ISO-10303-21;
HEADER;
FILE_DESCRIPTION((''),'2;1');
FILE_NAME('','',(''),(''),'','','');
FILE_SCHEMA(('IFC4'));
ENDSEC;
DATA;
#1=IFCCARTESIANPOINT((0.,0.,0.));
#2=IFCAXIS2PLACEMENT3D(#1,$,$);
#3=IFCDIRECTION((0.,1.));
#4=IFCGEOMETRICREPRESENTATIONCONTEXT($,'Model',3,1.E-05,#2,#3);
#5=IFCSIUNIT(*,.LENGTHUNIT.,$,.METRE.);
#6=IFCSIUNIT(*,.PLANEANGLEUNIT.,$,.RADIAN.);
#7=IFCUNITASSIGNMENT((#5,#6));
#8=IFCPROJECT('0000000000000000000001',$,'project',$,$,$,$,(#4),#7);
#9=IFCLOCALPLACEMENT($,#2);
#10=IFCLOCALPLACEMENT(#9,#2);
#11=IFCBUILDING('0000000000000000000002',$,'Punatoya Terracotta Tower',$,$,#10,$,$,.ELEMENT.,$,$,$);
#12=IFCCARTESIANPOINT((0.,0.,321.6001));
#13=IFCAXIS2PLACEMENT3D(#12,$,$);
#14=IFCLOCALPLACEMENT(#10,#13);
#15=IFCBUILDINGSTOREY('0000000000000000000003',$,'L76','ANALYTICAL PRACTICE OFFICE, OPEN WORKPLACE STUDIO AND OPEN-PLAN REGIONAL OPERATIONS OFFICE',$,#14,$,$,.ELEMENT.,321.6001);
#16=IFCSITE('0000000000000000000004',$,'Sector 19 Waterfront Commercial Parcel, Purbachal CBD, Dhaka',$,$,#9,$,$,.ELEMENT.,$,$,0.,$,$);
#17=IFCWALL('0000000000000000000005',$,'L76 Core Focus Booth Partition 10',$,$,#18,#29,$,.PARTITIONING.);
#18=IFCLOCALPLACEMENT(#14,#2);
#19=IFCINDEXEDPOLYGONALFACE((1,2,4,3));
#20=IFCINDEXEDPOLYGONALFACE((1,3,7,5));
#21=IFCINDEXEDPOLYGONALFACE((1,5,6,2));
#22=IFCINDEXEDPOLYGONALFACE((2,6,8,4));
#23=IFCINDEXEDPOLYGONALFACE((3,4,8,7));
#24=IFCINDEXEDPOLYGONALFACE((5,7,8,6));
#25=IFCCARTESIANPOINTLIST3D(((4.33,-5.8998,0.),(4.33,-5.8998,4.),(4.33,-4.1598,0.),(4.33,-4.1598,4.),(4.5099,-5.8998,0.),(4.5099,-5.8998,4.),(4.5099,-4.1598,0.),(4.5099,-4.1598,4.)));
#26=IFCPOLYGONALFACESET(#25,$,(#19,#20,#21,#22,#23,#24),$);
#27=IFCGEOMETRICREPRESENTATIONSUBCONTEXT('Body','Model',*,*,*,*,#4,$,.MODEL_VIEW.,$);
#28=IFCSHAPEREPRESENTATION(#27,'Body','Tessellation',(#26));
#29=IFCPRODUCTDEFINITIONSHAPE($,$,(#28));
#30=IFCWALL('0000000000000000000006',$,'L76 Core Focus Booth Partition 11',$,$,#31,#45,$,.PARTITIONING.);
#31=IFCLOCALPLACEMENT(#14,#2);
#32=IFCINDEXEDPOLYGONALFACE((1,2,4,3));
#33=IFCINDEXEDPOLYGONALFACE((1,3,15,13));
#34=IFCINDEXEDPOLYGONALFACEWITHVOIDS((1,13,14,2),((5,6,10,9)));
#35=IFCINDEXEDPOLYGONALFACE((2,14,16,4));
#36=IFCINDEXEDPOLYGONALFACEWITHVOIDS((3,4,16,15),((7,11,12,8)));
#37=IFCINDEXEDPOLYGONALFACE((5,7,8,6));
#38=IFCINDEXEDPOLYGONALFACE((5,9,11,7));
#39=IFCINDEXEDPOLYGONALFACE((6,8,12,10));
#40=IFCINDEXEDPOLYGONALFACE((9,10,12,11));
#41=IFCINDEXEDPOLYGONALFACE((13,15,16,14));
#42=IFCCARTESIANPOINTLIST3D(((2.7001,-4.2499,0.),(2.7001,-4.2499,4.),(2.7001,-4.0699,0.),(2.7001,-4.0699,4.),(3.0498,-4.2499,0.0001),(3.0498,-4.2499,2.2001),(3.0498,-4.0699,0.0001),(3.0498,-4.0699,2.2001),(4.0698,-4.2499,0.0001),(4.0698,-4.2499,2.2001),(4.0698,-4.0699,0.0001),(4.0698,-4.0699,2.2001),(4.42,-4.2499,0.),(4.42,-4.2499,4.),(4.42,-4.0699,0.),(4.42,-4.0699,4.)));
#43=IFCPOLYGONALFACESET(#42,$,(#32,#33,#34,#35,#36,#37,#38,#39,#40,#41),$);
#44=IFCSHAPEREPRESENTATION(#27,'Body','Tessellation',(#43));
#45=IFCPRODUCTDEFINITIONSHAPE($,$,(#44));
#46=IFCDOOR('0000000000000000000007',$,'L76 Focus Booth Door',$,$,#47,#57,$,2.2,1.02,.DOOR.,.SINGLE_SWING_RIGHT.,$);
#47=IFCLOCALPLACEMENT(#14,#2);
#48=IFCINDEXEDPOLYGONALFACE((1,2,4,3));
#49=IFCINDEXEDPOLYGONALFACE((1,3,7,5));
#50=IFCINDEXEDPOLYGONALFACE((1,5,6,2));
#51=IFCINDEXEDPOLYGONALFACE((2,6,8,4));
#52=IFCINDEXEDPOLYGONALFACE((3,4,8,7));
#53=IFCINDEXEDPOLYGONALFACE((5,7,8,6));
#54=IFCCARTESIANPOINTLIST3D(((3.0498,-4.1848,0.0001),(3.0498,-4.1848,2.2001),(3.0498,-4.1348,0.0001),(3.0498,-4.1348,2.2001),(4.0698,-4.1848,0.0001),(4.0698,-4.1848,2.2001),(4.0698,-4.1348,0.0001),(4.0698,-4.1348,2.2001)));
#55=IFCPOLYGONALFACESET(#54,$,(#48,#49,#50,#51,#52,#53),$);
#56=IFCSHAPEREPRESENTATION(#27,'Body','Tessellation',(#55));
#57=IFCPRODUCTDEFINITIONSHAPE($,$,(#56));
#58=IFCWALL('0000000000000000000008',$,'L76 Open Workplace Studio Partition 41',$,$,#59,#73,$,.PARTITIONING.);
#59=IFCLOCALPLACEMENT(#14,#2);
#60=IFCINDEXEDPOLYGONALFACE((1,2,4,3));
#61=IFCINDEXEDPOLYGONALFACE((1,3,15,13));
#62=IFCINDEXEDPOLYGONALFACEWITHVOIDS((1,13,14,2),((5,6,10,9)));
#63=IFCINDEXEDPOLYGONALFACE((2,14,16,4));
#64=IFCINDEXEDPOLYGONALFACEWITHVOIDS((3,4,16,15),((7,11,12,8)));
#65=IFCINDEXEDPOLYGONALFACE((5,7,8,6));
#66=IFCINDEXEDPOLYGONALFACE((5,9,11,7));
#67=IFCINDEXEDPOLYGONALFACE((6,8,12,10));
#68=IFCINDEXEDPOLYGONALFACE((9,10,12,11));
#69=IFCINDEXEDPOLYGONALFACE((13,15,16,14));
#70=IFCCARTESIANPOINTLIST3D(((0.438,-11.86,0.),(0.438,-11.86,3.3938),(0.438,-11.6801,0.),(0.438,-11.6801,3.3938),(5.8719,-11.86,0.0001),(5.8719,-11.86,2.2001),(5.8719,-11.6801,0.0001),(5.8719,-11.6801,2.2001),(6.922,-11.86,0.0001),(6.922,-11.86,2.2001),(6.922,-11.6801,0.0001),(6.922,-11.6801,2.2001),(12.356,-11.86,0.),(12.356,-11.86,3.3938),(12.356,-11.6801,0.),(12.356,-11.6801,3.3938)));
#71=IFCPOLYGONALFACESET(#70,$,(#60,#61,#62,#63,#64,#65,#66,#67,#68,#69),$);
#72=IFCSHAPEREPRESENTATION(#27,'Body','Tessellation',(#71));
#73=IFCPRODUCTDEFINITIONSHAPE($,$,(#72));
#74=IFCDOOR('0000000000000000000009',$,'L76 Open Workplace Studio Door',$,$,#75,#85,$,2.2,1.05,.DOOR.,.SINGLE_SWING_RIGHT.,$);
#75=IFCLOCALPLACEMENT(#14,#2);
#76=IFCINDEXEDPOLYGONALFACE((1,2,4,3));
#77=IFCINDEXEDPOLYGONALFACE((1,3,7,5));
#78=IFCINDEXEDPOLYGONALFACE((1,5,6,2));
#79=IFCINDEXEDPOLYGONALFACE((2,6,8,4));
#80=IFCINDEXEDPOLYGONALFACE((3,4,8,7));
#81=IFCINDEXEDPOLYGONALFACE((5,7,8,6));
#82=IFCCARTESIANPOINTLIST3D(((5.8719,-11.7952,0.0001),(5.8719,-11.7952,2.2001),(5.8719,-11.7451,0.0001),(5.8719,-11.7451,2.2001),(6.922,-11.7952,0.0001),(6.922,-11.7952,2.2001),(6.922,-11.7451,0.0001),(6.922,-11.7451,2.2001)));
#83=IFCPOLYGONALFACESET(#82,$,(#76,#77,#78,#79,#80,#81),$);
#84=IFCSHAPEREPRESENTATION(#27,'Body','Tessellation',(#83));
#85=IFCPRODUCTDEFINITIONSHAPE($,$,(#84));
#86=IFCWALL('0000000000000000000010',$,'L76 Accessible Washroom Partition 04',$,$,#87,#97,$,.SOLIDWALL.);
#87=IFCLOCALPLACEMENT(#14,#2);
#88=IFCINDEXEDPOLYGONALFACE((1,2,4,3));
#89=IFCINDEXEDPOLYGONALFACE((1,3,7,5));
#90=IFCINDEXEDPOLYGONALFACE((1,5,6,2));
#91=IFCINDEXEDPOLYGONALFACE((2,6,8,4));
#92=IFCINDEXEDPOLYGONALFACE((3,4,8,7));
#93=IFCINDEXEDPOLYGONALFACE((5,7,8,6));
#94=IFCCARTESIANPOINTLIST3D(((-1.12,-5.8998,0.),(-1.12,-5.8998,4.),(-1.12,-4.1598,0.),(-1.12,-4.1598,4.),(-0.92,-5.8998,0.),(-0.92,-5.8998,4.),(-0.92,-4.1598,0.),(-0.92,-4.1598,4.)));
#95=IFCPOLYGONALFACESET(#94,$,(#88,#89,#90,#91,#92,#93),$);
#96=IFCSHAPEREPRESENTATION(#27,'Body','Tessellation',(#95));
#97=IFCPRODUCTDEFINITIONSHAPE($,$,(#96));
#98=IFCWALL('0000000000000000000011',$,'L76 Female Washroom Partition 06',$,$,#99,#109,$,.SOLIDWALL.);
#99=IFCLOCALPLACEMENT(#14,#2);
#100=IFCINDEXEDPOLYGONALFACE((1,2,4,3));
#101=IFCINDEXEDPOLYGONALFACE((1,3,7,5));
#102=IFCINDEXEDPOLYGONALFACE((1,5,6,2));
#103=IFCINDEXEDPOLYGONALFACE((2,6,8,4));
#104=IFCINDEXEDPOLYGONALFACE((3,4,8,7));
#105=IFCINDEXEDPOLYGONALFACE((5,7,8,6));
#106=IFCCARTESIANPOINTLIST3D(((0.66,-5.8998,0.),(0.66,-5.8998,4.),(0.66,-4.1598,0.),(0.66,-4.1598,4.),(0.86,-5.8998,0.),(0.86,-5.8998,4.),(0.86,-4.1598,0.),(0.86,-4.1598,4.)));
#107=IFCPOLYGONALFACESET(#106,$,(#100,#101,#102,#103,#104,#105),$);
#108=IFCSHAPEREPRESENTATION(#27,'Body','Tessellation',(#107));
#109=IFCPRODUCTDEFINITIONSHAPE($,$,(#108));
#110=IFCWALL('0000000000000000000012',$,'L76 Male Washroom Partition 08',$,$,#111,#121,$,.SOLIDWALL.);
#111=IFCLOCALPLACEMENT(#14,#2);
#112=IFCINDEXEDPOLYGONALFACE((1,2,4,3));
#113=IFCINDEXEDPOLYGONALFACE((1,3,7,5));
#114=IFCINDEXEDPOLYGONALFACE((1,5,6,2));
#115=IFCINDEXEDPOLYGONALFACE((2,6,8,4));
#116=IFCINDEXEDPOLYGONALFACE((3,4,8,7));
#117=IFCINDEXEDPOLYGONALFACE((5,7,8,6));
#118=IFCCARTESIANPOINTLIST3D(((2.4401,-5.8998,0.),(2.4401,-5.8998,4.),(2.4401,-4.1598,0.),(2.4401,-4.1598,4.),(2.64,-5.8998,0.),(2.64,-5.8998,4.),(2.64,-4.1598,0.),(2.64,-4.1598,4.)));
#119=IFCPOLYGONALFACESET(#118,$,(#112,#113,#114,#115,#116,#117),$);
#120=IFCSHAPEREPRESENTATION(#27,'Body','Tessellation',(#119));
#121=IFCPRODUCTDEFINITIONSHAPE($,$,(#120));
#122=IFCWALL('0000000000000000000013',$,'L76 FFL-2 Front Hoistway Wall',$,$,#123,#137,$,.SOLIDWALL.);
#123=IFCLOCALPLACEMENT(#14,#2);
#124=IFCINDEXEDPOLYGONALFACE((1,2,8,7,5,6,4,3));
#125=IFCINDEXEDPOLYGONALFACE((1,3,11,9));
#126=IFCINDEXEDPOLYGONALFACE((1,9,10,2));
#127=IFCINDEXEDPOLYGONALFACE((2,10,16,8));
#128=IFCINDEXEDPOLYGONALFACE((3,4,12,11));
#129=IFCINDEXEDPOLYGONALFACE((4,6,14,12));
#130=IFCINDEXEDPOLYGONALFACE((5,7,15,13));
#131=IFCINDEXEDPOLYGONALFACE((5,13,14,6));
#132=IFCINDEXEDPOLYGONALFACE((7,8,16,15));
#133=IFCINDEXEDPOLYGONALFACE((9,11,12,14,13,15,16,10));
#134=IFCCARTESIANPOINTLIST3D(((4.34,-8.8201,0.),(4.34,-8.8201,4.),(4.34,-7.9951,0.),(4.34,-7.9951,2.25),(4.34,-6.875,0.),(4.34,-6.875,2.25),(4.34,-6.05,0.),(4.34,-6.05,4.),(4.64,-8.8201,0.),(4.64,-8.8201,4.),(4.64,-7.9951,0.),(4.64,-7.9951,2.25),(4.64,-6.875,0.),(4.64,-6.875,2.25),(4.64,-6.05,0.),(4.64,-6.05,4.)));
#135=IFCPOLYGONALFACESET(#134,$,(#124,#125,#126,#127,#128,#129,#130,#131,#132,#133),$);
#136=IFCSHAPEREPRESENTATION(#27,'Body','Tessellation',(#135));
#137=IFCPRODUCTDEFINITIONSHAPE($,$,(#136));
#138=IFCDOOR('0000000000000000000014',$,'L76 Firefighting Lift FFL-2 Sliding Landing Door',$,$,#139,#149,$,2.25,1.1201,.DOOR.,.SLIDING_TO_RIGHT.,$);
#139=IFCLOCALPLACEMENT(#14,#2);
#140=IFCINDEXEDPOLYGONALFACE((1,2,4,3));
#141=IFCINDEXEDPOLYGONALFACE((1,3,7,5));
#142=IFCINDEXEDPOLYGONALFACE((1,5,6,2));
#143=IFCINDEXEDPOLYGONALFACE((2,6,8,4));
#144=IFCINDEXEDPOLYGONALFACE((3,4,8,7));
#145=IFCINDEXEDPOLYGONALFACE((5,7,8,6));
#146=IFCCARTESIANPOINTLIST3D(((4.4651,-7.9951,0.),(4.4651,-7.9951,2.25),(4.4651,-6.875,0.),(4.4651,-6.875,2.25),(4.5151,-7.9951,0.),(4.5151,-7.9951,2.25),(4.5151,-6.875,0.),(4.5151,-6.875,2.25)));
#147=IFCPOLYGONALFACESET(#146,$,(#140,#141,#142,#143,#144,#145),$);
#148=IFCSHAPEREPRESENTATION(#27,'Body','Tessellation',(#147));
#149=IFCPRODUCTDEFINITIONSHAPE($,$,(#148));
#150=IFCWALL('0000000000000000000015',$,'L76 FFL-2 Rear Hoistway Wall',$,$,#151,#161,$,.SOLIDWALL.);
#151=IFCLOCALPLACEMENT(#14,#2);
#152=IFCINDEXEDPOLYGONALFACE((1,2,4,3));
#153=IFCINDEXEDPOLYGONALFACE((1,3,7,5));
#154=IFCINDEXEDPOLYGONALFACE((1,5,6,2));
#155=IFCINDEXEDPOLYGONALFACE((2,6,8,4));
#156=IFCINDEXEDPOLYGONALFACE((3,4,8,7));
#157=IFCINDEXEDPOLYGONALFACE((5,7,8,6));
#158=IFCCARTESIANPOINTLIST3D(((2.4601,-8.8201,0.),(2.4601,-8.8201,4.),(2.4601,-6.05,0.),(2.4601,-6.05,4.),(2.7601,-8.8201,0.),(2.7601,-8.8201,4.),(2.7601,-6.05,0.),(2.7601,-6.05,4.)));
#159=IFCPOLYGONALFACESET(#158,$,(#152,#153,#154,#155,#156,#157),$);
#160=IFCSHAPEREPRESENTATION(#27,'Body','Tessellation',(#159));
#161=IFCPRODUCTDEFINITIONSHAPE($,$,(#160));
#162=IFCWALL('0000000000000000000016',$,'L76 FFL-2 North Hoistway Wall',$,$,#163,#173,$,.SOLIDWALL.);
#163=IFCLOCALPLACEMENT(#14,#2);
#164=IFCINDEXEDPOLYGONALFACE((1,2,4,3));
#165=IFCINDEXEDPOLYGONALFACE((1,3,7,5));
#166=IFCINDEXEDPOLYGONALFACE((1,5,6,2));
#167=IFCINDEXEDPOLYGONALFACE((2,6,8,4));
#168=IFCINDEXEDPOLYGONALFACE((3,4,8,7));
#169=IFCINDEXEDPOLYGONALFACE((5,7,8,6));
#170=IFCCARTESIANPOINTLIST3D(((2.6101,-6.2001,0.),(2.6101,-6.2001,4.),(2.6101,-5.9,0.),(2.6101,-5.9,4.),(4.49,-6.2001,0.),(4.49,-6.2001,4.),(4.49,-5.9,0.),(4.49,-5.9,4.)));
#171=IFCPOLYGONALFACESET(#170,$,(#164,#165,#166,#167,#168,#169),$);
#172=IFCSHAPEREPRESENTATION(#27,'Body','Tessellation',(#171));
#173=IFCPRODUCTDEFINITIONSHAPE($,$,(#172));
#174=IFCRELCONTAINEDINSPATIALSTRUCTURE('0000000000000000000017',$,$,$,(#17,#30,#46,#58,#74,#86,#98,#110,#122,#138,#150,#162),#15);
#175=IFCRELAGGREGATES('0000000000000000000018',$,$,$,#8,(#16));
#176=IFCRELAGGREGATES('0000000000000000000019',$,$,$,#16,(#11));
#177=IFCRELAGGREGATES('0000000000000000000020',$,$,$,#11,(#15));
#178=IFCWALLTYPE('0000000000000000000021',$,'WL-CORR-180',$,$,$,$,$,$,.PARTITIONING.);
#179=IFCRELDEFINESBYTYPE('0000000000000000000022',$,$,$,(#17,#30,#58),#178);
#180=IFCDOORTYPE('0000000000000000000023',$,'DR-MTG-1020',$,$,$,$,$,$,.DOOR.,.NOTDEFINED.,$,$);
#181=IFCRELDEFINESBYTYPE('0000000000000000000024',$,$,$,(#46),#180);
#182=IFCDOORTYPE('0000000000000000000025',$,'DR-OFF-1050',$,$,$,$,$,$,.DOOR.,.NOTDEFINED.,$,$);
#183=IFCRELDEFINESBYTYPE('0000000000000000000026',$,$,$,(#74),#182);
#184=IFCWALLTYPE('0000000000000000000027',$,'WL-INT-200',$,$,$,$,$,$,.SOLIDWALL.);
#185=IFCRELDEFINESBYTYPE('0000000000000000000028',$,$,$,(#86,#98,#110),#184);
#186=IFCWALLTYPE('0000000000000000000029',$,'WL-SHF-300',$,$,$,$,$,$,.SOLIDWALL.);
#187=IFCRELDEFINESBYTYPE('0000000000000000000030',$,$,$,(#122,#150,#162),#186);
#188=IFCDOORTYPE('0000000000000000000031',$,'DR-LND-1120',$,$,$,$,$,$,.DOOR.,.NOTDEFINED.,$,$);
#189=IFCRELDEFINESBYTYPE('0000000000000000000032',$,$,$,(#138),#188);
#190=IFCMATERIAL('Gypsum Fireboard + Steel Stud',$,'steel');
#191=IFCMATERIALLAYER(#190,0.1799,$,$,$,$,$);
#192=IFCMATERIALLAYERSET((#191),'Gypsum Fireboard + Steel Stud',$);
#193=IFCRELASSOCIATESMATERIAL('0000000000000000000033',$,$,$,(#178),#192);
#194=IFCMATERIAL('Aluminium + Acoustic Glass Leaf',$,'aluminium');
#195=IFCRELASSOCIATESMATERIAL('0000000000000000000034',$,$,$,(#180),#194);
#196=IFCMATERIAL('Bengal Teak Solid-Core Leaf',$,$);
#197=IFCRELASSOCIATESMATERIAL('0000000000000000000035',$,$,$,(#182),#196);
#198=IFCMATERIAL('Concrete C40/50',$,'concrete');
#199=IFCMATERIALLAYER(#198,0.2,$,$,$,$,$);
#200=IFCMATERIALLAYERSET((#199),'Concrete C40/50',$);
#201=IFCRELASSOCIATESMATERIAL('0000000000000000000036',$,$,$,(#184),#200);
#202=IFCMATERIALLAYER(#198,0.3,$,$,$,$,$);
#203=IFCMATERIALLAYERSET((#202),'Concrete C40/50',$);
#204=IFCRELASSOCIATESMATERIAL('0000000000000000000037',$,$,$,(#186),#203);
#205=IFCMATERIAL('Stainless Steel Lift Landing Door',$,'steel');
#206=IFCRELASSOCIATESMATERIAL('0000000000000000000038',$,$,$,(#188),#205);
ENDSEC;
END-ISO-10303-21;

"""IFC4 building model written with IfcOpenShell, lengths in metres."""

from ifc_helpers import new_model, si_unit, direction, frame, frame_2d, origin, place, context, subcontext, project, spatial, rectangle, extrude, material, layer, layer_set, type_object, element, fill, save


model = new_model("IFC4")

# Units and contexts
model_context = context("Model", 3, precision=1e-05, world=origin(), true_north=direction((0.0, 1.0)))
body_context = subcontext(model_context, "Body", "Model", "MODEL_VIEW")
ifc_project = project(units=[si_unit("LENGTHUNIT", "METRE"), si_unit("PLANEANGLEUNIT", "RADIAN")], contexts=[model_context])

# Site, building, storey
site_placement = place(None, origin())
site = spatial("IfcSite", under=ifc_project, at=site_placement, Name="Sector 19 Waterfront Commercial Parcel, Purbachal CBD, Dhaka", CompositionType="ELEMENT", RefElevation=0.0)
building_placement = place(site_placement, origin())
building = spatial("IfcBuilding", under=site, at=building_placement, Name="Punatoya Terracotta Tower", CompositionType="ELEMENT")
storey_placement = place(building_placement, frame((0.0, 0.0, 321.6001)))
storey = spatial("IfcBuildingStorey", under=building, at=storey_placement, Name="L76", Description="ANALYTICAL PRACTICE OFFICE, OPEN WORKPLACE STUDIO AND OPEN-PLAN REGIONAL OPERATIONS OFFICE", CompositionType="ELEMENT", Elevation=321.6001)

# Wall
ifc_material_1 = material(Name="Gypsum Fireboard + Steel Stud", Category="steel")
ifc_layer_1 = layer(ifc_material_1, 0.1799)
ifc_layer_set_1 = layer_set([ifc_layer_1], Name="Gypsum Fireboard + Steel Stud")
wall_type_1 = type_object("IfcWallType", Name="WL-CORR-180", PredefinedType="PARTITIONING", material=ifc_layer_set_1)
wall_1_placement = place(storey_placement, frame((4.4199, -5.8999, 0.0), z_axis=(0.0, 0.0, 1.0), x_axis=(0.0, 1.0, 0.0)))
element("IfcWall", 1, at=wall_1_placement, inside=storey, type_object=wall_type_1, Name="L76 Core Focus Booth Partition 10", PredefinedType="PARTITIONING", context=body_context, shape_type="SweptSolid", body=[
    extrude(rectangle(XDim=1.74, YDim=0.1799, at=frame_2d((0.8701, 0.0))), origin(), (0.0, 0.0, 1.0), 4.0),
])

# Walls, openings, doors
wall_2_placement = place(storey_placement, frame((4.4199, -4.1599, 0.0), z_axis=(0.0, 0.0, 1.0), x_axis=(-1.0, 0.0, 0.0)))
wall_2 = element("IfcWall", 2, at=wall_2_placement, inside=storey, type_object=wall_type_1, Name="L76 Core Focus Booth Partition 11", PredefinedType="PARTITIONING", context=body_context, shape_type="SweptSolid", body=[
    extrude(rectangle(XDim=1.72, YDim=0.1799, at=frame_2d((0.8599, 0.0))), origin(), (0.0, 0.0, 1.0), 4.0),
])
opening_1_placement = place(wall_2_placement, frame((0.3501, 0.0, 0.0)))
opening_1 = element("IfcOpeningElement", 3, at=opening_1_placement, cuts=wall_2, PredefinedType="OPENING", context=body_context, shape_type="SweptSolid", body=[
    extrude(rectangle(XDim=1.02, YDim=2.2, at=frame_2d((0.51, 1.1001))), frame((0.0, 0.0999, 0.0), z_axis=(0.0, -1.0, 0.0), x_axis=(1.0, 0.0, 0.0)), (0.0, 0.0, 1.0), 0.2),
])
ifc_material_2 = material(Name="Aluminium + Acoustic Glass Leaf", Category="aluminium")
door_type_1 = type_object("IfcDoorType", Name="DR-MTG-1020", OperationType="NOTDEFINED", PredefinedType="DOOR", material=ifc_material_2)
door_1_placement = place(opening_1_placement, origin())
door_1 = element("IfcDoor", 4, at=door_1_placement, inside=storey, type_object=door_type_1, Name="L76 Focus Booth Door", OperationType="SINGLE_SWING_RIGHT", OverallHeight=2.2, OverallWidth=1.02, PredefinedType="DOOR", context=body_context, shape_type="SweptSolid", body=[
    extrude(rectangle(XDim=1.02, YDim=2.2, at=frame_2d((0.51, 1.1001))), frame((0.0, 0.0249, 0.0), z_axis=(0.0, -1.0, 0.0), x_axis=(1.0, 0.0, 0.0)), (0.0, 0.0, 1.0), 0.05),
])
fill(opening_1, door_1)
wall_3_placement = place(storey_placement, frame((0.438, -11.77, 0.0), z_axis=(0.0, 0.0, 1.0), x_axis=(1.0, 0.0, 0.0)))
wall_3 = element("IfcWall", 5, at=wall_3_placement, inside=storey, type_object=wall_type_1, Name="L76 Open Workplace Studio Partition 41", PredefinedType="PARTITIONING", context=body_context, shape_type="SweptSolid", body=[
    extrude(rectangle(XDim=11.918, YDim=0.1799, at=frame_2d((5.959, 0.0))), origin(), (0.0, 0.0, 1.0), 3.3938),
])
opening_2_placement = place(wall_3_placement, frame((5.4341, 0.0, 0.0)))
opening_2 = element("IfcOpeningElement", 6, at=opening_2_placement, cuts=wall_3, PredefinedType="OPENING", context=body_context, shape_type="SweptSolid", body=[
    extrude(rectangle(XDim=1.05, YDim=2.2, at=frame_2d((0.5249, 1.1001))), frame((0.0, 0.0999, 0.0), z_axis=(0.0, -1.0, 0.0), x_axis=(1.0, 0.0, 0.0)), (0.0, 0.0, 1.0), 0.2),
])
ifc_material_3 = material(Name="Bengal Teak Solid-Core Leaf")
door_type_2 = type_object("IfcDoorType", Name="DR-OFF-1050", OperationType="NOTDEFINED", PredefinedType="DOOR", material=ifc_material_3)
door_2_placement = place(opening_2_placement, origin())
door_2 = element("IfcDoor", 7, at=door_2_placement, inside=storey, type_object=door_type_2, Name="L76 Open Workplace Studio Door", OperationType="SINGLE_SWING_RIGHT", OverallHeight=2.2, OverallWidth=1.05, PredefinedType="DOOR", context=body_context, shape_type="SweptSolid", body=[
    extrude(rectangle(XDim=1.05, YDim=2.2, at=frame_2d((0.5249, 1.1001))), frame((0.0, 0.0249, 0.0), z_axis=(0.0, -1.0, 0.0), x_axis=(1.0, 0.0, 0.0)), (0.0, 0.0, 1.0), 0.05),
])
fill(opening_2, door_2)

# Wall
ifc_material_4 = material(Name="Concrete C40/50", Category="concrete")
ifc_layer_2 = layer(ifc_material_4, 0.2)
ifc_layer_set_2 = layer_set([ifc_layer_2], Name="Concrete C40/50")
wall_type_2 = type_object("IfcWallType", Name="WL-INT-200", PredefinedType="SOLIDWALL", material=ifc_layer_set_2)
wall_4_placement = place(storey_placement, frame((-1.02, -5.8999, 0.0), z_axis=(0.0, 0.0, 1.0), x_axis=(0.0, 1.0, 0.0)))
element("IfcWall", 8, at=wall_4_placement, inside=storey, type_object=wall_type_2, Name="L76 Accessible Washroom Partition 04", PredefinedType="SOLIDWALL", context=body_context, shape_type="SweptSolid", body=[
    extrude(rectangle(XDim=1.74, YDim=0.2, at=frame_2d((0.8701, 0.0))), origin(), (0.0, 0.0, 1.0), 4.0),
])

# Wall
wall_5_placement = place(storey_placement, frame((0.76, -5.8999, 0.0), z_axis=(0.0, 0.0, 1.0), x_axis=(0.0, 1.0, 0.0)))
element("IfcWall", 9, at=wall_5_placement, inside=storey, type_object=wall_type_2, Name="L76 Female Washroom Partition 06", PredefinedType="SOLIDWALL", context=body_context, shape_type="SweptSolid", body=[
    extrude(rectangle(XDim=1.74, YDim=0.2, at=frame_2d((0.8701, 0.0))), origin(), (0.0, 0.0, 1.0), 4.0),
])

# Wall
wall_6_placement = place(storey_placement, frame((2.54, -5.8999, 0.0), z_axis=(0.0, 0.0, 1.0), x_axis=(0.0, 1.0, 0.0)))
element("IfcWall", 10, at=wall_6_placement, inside=storey, type_object=wall_type_2, Name="L76 Male Washroom Partition 08", PredefinedType="SOLIDWALL", context=body_context, shape_type="SweptSolid", body=[
    extrude(rectangle(XDim=1.74, YDim=0.2, at=frame_2d((0.8701, 0.0))), origin(), (0.0, 0.0, 1.0), 4.0),
])

# Wall, opening, door
ifc_layer_3 = layer(ifc_material_4, 0.3)
ifc_layer_set_3 = layer_set([ifc_layer_3], Name="Concrete C40/50")
wall_type_3 = type_object("IfcWallType", Name="WL-SHF-300", PredefinedType="SOLIDWALL", material=ifc_layer_set_3)
wall_7_placement = place(storey_placement, frame((4.49, -8.8201, 0.0), z_axis=(0.0, 0.0, 1.0), x_axis=(0.0, 1.0, 0.0)))
wall_7 = element("IfcWall", 11, at=wall_7_placement, inside=storey, type_object=wall_type_3, Name="L76 FFL-2 Front Hoistway Wall", PredefinedType="SOLIDWALL", context=body_context, shape_type="SweptSolid", body=[
    extrude(rectangle(XDim=2.77, YDim=0.3, at=frame_2d((1.385, 0.0))), origin(), (0.0, 0.0, 1.0), 4.0),
])
opening_3_placement = place(wall_7_placement, frame((0.825, 0.0, 0.0)))
opening_3 = element("IfcOpeningElement", 12, at=opening_3_placement, cuts=wall_7, PredefinedType="OPENING", context=body_context, shape_type="SweptSolid", body=[
    extrude(rectangle(XDim=1.1201, YDim=2.25, at=frame_2d((0.5601, 1.125))), frame((0.0, 0.1599, 0.0), z_axis=(0.0, -1.0, 0.0), x_axis=(1.0, 0.0, 0.0)), (0.0, 0.0, 1.0), 0.3201),
])
ifc_material_5 = material(Name="Stainless Steel Lift Landing Door", Category="steel")
door_type_3 = type_object("IfcDoorType", Name="DR-LND-1120", OperationType="NOTDEFINED", PredefinedType="DOOR", material=ifc_material_5)
door_3_placement = place(opening_3_placement, origin())
door_3 = element("IfcDoor", 13, at=door_3_placement, inside=storey, type_object=door_type_3, Name="L76 Firefighting Lift FFL-2 Sliding Landing Door", OperationType="SLIDING_TO_RIGHT", OverallHeight=2.25, OverallWidth=1.1201, PredefinedType="DOOR", context=body_context, shape_type="SweptSolid", body=[
    extrude(rectangle(XDim=1.1201, YDim=2.25, at=frame_2d((0.5601, 1.125))), frame((0.0, 0.0249, 0.0), z_axis=(0.0, -1.0, 0.0), x_axis=(1.0, 0.0, 0.0)), (0.0, 0.0, 1.0), 0.05),
])
fill(opening_3, door_3)

# Walls
wall_8_placement = place(storey_placement, frame((2.6101, -8.8201, 0.0), z_axis=(0.0, 0.0, 1.0), x_axis=(0.0, 1.0, 0.0)))
element("IfcWall", 14, at=wall_8_placement, inside=storey, type_object=wall_type_3, Name="L76 FFL-2 Rear Hoistway Wall", PredefinedType="SOLIDWALL", context=body_context, shape_type="SweptSolid", body=[
    extrude(rectangle(XDim=2.77, YDim=0.3, at=frame_2d((1.385, 0.0))), origin(), (0.0, 0.0, 1.0), 4.0),
])
wall_9_placement = place(storey_placement, frame((2.6101, -6.05, 0.0), z_axis=(0.0, 0.0, 1.0), x_axis=(1.0, 0.0, 0.0)))
element("IfcWall", 15, at=wall_9_placement, inside=storey, type_object=wall_type_3, Name="L76 FFL-2 North Hoistway Wall", PredefinedType="SOLIDWALL", context=body_context, shape_type="SweptSolid", body=[
    extrude(rectangle(XDim=1.8799, YDim=0.3, at=frame_2d((0.9399, 0.0))), origin(), (0.0, 0.0, 1.0), 4.0),
])

save(model, "model.ifc")
